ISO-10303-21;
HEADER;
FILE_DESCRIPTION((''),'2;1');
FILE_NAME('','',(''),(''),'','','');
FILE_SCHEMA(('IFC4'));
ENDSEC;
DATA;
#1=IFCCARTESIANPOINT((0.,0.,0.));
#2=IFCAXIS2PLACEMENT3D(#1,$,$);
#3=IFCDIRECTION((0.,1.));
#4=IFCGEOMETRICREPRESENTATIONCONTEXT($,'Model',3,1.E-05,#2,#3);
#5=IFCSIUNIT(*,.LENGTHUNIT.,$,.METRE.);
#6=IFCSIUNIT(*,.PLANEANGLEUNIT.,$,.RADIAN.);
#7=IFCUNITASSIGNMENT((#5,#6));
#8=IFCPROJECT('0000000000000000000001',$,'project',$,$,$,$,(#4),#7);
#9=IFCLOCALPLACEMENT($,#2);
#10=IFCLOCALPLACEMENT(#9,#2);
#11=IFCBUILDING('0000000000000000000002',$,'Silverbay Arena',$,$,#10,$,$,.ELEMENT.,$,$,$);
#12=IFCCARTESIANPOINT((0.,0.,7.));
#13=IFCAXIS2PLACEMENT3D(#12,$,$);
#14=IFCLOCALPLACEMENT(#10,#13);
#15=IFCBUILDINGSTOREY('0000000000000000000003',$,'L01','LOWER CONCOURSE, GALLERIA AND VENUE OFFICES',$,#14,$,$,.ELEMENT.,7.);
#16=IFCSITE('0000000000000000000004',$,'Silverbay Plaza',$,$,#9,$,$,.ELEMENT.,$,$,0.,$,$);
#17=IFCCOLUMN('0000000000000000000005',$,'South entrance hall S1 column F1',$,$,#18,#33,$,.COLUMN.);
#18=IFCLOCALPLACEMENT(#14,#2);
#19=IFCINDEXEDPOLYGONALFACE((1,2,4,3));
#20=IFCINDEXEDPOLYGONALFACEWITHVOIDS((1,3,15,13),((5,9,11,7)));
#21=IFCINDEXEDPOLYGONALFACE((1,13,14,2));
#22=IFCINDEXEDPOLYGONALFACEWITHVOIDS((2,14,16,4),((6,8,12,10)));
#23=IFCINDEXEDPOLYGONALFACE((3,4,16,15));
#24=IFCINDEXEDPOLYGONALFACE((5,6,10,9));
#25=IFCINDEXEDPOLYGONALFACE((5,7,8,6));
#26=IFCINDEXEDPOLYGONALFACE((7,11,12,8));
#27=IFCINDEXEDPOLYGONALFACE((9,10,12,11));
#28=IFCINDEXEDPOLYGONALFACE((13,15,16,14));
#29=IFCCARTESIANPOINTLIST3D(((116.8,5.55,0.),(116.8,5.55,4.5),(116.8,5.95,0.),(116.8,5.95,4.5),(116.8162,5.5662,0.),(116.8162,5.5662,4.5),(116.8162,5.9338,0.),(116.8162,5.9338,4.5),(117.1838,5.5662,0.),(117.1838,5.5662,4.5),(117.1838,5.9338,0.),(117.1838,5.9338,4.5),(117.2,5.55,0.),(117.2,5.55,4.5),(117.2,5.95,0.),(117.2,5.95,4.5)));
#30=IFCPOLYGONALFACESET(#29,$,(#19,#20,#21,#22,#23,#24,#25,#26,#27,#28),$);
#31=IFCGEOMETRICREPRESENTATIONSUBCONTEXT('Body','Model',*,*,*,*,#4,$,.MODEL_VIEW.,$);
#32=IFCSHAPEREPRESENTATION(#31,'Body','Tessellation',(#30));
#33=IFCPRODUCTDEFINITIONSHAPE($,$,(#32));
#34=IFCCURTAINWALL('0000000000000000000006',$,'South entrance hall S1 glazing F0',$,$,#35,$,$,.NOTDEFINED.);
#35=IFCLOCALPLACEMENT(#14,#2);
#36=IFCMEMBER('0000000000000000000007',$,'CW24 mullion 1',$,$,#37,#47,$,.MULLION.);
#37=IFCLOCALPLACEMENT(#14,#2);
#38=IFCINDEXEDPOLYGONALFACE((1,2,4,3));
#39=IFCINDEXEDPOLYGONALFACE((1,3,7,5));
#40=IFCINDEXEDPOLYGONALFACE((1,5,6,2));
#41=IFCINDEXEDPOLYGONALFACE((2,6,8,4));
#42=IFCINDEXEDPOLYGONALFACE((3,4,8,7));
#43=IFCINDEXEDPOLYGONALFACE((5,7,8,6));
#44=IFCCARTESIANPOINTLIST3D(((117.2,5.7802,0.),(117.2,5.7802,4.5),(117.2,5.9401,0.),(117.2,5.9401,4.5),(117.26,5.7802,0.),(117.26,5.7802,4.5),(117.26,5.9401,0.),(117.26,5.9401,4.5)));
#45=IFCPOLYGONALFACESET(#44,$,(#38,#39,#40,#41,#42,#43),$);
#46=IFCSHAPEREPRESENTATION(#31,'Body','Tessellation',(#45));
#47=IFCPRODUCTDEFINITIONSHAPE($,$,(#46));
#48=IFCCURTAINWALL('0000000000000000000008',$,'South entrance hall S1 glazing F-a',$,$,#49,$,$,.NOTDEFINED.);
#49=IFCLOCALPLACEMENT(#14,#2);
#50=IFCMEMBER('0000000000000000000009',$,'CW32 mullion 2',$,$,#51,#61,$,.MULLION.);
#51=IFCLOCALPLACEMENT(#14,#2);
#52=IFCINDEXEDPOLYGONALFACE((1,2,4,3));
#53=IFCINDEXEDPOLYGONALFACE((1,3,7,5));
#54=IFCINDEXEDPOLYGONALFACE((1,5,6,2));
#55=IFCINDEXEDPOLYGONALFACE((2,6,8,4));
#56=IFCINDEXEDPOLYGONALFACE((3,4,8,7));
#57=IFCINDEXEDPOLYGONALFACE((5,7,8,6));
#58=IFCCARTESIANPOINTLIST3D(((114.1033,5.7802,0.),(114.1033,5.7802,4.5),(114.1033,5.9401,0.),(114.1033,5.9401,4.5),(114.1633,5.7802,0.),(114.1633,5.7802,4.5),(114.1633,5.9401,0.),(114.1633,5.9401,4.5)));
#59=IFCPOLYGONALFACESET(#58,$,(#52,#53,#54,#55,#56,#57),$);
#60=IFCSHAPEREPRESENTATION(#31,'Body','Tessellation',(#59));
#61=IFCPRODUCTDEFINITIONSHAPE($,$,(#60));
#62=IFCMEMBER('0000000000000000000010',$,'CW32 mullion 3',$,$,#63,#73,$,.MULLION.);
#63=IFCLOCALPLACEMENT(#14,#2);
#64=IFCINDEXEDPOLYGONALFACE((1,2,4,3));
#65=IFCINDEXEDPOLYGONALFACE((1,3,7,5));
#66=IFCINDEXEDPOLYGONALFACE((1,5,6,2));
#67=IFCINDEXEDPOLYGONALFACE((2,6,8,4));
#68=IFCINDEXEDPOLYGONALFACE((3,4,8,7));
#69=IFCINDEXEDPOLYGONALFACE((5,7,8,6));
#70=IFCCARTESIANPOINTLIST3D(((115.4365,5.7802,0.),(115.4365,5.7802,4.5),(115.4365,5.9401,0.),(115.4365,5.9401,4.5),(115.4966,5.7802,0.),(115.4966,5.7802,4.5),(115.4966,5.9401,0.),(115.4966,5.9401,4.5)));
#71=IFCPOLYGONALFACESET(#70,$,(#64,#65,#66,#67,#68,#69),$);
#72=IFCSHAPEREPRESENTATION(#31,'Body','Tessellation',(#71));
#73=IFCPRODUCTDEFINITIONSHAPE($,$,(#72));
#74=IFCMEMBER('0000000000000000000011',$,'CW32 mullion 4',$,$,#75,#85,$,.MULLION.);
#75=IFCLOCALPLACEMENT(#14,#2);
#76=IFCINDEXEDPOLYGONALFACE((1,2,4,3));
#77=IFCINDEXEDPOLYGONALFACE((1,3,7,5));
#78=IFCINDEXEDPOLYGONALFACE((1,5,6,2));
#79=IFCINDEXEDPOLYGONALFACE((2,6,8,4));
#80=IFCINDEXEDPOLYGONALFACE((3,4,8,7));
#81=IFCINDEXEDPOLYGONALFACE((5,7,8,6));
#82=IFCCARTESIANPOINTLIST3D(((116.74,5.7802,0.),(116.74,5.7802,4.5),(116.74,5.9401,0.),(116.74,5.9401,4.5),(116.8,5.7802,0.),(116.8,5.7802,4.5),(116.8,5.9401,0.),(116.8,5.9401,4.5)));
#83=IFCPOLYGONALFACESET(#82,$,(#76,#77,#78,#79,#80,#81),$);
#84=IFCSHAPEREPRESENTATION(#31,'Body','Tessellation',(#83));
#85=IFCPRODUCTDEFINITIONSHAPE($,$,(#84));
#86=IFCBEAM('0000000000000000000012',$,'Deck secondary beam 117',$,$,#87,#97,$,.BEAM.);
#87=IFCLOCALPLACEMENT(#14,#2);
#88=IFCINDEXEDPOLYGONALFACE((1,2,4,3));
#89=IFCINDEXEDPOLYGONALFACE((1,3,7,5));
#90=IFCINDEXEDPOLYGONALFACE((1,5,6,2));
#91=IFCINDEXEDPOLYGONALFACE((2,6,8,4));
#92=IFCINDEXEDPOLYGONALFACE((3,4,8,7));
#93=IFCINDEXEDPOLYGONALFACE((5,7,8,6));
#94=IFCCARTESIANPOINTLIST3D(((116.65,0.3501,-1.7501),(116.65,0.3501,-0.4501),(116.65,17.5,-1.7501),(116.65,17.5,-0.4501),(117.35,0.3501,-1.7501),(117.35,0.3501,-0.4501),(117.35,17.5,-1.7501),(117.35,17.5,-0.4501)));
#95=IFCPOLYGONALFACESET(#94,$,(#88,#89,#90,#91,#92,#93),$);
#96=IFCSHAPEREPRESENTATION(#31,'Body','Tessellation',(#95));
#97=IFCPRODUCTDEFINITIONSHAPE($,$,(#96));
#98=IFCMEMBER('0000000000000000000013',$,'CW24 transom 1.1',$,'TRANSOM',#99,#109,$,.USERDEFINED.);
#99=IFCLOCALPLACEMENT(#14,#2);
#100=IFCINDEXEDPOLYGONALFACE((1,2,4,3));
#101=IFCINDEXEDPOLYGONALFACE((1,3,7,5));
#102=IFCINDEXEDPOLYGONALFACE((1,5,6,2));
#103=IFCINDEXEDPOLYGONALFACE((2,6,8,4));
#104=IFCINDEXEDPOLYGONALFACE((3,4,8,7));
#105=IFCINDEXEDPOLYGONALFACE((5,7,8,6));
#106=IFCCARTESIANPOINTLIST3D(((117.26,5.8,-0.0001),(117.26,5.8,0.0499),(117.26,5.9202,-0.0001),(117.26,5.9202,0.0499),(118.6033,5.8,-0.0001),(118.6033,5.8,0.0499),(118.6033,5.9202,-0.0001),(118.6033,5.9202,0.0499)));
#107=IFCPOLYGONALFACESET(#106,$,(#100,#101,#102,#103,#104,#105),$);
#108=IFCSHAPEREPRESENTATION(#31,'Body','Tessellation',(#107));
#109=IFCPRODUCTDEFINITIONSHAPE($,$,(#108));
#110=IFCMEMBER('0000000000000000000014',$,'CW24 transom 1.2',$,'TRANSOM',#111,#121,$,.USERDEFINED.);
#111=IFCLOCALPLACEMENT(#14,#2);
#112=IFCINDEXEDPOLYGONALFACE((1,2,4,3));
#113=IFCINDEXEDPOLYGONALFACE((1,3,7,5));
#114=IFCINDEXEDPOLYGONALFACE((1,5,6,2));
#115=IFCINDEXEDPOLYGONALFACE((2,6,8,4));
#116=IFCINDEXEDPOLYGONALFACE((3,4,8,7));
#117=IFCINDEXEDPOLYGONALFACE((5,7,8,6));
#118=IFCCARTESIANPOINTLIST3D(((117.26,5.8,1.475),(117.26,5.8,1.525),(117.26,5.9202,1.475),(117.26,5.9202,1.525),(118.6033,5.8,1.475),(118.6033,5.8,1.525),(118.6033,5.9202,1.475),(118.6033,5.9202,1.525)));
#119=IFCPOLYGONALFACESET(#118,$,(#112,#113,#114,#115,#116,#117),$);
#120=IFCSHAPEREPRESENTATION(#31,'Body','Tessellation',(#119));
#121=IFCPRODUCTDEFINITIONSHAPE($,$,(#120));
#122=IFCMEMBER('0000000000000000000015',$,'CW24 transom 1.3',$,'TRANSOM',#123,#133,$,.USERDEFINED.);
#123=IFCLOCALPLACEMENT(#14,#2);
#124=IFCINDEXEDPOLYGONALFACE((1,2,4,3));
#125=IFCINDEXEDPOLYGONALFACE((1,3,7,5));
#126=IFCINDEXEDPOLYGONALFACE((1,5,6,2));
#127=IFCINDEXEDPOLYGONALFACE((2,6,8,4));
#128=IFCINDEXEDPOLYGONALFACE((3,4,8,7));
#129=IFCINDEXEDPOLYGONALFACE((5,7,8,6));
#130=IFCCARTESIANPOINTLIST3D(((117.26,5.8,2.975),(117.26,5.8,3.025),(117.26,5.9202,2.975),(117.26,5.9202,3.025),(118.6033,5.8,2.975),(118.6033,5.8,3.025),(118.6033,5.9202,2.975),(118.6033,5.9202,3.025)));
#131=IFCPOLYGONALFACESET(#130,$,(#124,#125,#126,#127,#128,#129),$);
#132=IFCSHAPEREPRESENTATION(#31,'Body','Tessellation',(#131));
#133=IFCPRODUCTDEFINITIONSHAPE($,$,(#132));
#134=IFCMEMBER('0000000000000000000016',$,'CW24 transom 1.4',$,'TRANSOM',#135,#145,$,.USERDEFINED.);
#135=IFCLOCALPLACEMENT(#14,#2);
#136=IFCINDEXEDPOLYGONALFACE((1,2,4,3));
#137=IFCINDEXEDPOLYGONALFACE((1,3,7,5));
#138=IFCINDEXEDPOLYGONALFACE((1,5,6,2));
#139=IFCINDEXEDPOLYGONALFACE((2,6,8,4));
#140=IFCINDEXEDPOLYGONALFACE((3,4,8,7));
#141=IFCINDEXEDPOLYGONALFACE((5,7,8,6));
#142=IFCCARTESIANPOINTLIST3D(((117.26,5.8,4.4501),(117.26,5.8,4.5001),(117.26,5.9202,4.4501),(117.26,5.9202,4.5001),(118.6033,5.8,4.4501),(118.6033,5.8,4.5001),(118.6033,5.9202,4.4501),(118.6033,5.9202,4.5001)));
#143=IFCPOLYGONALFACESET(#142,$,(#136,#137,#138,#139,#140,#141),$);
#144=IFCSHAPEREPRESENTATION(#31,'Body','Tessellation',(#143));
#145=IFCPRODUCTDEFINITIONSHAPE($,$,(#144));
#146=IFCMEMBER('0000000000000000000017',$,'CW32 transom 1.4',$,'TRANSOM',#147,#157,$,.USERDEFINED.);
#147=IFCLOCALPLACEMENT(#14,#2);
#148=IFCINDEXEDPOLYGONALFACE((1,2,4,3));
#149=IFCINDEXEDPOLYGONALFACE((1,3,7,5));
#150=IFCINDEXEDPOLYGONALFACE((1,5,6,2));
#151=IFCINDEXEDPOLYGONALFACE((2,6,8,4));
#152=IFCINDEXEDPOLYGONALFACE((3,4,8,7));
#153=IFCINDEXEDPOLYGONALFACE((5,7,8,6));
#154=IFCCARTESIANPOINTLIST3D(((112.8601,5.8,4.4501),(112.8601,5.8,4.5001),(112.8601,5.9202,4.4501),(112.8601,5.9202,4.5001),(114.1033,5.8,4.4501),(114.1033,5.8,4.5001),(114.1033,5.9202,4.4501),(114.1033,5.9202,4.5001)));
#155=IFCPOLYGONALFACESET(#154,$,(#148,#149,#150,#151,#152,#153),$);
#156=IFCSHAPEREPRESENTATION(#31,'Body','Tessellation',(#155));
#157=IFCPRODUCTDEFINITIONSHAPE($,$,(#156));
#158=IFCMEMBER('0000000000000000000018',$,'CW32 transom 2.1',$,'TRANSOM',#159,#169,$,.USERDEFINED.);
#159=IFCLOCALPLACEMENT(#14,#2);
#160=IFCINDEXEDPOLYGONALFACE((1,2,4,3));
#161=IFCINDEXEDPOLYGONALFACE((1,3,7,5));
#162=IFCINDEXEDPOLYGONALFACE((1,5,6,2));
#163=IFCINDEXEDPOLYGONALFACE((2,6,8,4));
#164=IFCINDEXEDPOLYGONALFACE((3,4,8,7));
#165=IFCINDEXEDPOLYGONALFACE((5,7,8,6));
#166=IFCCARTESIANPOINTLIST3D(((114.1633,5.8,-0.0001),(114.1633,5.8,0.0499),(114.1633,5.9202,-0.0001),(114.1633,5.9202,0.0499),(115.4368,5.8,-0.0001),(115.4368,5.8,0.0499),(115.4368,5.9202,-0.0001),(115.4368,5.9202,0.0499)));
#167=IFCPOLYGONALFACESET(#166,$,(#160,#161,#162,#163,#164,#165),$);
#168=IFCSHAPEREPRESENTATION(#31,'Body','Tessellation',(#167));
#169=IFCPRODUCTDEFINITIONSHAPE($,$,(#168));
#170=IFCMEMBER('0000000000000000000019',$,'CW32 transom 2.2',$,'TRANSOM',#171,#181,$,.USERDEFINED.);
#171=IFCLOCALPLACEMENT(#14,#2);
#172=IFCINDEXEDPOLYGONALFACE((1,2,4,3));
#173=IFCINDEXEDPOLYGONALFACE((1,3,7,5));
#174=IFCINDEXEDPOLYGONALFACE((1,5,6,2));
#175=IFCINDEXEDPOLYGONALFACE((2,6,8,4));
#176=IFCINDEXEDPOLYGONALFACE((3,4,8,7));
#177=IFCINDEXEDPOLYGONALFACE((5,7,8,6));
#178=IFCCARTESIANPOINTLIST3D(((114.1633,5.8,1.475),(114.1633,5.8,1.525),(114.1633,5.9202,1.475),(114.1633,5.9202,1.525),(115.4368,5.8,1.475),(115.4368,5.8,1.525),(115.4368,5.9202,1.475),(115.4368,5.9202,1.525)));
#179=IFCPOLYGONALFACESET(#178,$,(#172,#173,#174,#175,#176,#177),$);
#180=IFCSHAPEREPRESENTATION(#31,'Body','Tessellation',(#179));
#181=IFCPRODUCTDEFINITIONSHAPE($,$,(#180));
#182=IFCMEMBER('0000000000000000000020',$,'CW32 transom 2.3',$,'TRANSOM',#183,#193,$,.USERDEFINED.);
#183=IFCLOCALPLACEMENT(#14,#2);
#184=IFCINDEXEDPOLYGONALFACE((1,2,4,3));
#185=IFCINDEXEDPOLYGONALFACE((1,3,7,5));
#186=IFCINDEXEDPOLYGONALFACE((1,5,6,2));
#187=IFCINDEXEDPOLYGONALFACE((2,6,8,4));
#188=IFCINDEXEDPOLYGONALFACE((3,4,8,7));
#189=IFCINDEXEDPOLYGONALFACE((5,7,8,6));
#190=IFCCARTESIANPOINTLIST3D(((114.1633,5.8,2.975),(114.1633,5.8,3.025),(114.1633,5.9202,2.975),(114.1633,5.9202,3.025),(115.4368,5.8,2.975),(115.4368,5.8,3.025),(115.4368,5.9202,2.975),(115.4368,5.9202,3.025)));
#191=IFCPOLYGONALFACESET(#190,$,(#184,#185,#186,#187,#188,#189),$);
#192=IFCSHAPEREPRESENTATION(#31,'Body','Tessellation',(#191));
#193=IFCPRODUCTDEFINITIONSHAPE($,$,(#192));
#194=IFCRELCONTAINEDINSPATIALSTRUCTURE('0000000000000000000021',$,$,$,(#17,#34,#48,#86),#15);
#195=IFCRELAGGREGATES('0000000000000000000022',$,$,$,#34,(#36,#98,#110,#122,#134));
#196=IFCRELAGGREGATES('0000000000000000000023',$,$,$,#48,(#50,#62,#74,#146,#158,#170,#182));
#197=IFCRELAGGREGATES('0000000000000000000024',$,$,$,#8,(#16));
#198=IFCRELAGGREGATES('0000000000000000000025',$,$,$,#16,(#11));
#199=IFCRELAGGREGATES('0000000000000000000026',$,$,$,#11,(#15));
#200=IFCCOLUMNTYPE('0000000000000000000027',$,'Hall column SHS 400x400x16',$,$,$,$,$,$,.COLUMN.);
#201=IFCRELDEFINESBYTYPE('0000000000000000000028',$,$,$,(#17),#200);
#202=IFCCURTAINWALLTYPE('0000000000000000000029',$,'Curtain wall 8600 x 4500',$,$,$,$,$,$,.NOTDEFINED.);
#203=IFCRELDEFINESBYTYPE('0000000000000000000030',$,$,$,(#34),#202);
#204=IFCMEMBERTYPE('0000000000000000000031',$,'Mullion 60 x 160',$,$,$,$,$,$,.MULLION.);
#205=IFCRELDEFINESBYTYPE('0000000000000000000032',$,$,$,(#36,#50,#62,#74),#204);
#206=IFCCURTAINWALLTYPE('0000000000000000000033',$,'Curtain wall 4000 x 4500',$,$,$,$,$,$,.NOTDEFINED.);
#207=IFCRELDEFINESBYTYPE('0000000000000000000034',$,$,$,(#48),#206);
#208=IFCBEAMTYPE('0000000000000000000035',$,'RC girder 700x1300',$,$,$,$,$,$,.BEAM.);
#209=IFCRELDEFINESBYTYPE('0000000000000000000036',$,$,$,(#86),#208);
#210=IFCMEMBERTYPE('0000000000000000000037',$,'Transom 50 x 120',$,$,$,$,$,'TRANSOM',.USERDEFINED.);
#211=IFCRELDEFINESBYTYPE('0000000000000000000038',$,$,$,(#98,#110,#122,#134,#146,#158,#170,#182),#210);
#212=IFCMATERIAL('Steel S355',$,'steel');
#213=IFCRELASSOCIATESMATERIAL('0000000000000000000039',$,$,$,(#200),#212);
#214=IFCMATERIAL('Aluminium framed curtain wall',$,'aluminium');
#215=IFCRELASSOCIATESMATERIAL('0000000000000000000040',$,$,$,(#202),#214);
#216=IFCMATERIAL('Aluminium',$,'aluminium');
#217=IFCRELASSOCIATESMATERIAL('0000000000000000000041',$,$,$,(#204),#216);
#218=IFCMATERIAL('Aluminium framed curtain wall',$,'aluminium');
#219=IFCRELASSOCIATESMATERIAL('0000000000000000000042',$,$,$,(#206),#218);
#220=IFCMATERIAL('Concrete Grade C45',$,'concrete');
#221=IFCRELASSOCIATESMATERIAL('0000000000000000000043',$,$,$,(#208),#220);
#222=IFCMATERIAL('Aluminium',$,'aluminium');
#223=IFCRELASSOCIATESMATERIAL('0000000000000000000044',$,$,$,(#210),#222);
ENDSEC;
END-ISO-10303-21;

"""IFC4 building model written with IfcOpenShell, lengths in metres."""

from ifc_helpers import new_model, si_unit, direction, frame, origin, origin_2d, place, context, subcontext, project, spatial, rectangle, hollow_rectangle, extrude, material, material_profile, profile_set, type_object, element, aggregate, save


model = new_model("IFC4")

# Units and contexts
model_context = context("Model", 3, precision=1e-05, world=origin(), true_north=direction((0.0, 1.0)))
body_context = subcontext(model_context, "Body", "Model", "MODEL_VIEW")
ifc_project = project(units=[si_unit("LENGTHUNIT", "METRE"), si_unit("PLANEANGLEUNIT", "RADIAN")], contexts=[model_context])

# Site, building, storey
site_placement = place(None, origin())
site = spatial("IfcSite", under=ifc_project, at=site_placement, Name="Silverbay Plaza", CompositionType="ELEMENT", RefElevation=0.0)
building_placement = place(site_placement, origin())
building = spatial("IfcBuilding", under=site, at=building_placement, Name="Silverbay Arena", CompositionType="ELEMENT")
storey_placement = place(building_placement, frame((0.0, 0.0, 7.0)))
storey = spatial("IfcBuildingStorey", under=building, at=storey_placement, Name="L01", Description="LOWER CONCOURSE, GALLERIA AND VENUE OFFICES", CompositionType="ELEMENT", Elevation=7.0)

# Column
ifc_material_1 = material(Name="Steel S355", Category="steel")
ifc_material_profile_1 = material_profile(ifc_material_1, hollow_rectangle(XDim=0.3999, YDim=0.3999, WallThickness=0.0161, at=origin_2d()), Name="SHS 400x400x16")
ifc_profile_set_1 = profile_set([ifc_material_profile_1], Name="Steel S355")
column_type = type_object("IfcColumnType", Name="Hall column SHS 400x400x16", PredefinedType="COLUMN", material=ifc_profile_set_1)
column_placement = place(storey_placement, frame((117.0, 5.75, 0.0), z_axis=(0.0, 0.0, 1.0), x_axis=(1.0, 0.0, 0.0)))
element("IfcColumn", 1, at=column_placement, inside=storey, type_object=column_type, Name="South entrance hall S1 column F1", PredefinedType="COLUMN", context=body_context, shape_type="SweptSolid", body=[
    extrude(hollow_rectangle(XDim=0.3999, YDim=0.3999, WallThickness=0.0161, at=origin_2d()), origin(), (0.0, 0.0, 1.0), 4.5),
])

# Curtain wall, member
ifc_material_2 = material(Name="Aluminium framed curtain wall", Category="aluminium")
curtain_wall_type_1 = type_object("IfcCurtainWallType", Name="Curtain wall 8600 x 4500", PredefinedType="NOTDEFINED", material=ifc_material_2)
curtain_wall_1_placement = place(storey_placement, origin())
curtain_wall_1 = element("IfcCurtainWall", 2, at=curtain_wall_1_placement, inside=storey, type_object=curtain_wall_type_1, Name="South entrance hall S1 glazing F0", PredefinedType="NOTDEFINED")
ifc_material_3 = material(Name="Aluminium", Category="aluminium")
ifc_material_profile_2 = material_profile(ifc_material_3, rectangle(XDim=0.1599, YDim=0.0601, at=origin_2d()), Name="Mullion 60 x 160")
ifc_profile_set_2 = profile_set([ifc_material_profile_2], Name="Aluminium")
member_type_1 = type_object("IfcMemberType", Name="Mullion 60 x 160", PredefinedType="MULLION", material=ifc_profile_set_2)
member_1_placement = place(storey_placement, frame((117.23, 5.8601, 0.0), z_axis=(0.0, 0.0, 1.0), x_axis=(0.0, 1.0, 0.0)))
member_1 = element("IfcMember", 3, at=member_1_placement, type_object=member_type_1, Name="CW24 mullion 1", PredefinedType="MULLION", context=body_context, shape_type="SweptSolid", body=[
    extrude(rectangle(XDim=0.1599, YDim=0.0601, at=origin_2d()), origin(), (0.0, 0.0, 1.0), 4.5),
])

# Curtain wall, members
ifc_material_4 = material(Name="Aluminium framed curtain wall", Category="aluminium")
curtain_wall_type_2 = type_object("IfcCurtainWallType", Name="Curtain wall 4000 x 4500", PredefinedType="NOTDEFINED", material=ifc_material_4)
curtain_wall_2_placement = place(storey_placement, origin())
curtain_wall_2 = element("IfcCurtainWall", 4, at=curtain_wall_2_placement, inside=storey, type_object=curtain_wall_type_2, Name="South entrance hall S1 glazing F-a", PredefinedType="NOTDEFINED")
member_2_placement = place(storey_placement, frame((114.1333, 5.8601, 0.0), z_axis=(0.0, 0.0, 1.0), x_axis=(0.0, 1.0, 0.0)))
member_2 = element("IfcMember", 5, at=member_2_placement, type_object=member_type_1, Name="CW32 mullion 2", PredefinedType="MULLION", context=body_context, shape_type="SweptSolid", body=[
    extrude(rectangle(XDim=0.1599, YDim=0.0601, at=origin_2d()), origin(), (0.0, 0.0, 1.0), 4.5),
])
member_3_placement = place(storey_placement, frame((115.4666, 5.8601, 0.0), z_axis=(0.0, 0.0, 1.0), x_axis=(0.0, 1.0, 0.0)))
member_3 = element("IfcMember", 6, at=member_3_placement, type_object=member_type_1, Name="CW32 mullion 3", PredefinedType="MULLION", context=body_context, shape_type="SweptSolid", body=[
    extrude(rectangle(XDim=0.1599, YDim=0.0601, at=origin_2d()), origin(), (0.0, 0.0, 1.0), 4.5),
])
member_4_placement = place(storey_placement, frame((116.77, 5.8601, 0.0), z_axis=(0.0, 0.0, 1.0), x_axis=(0.0, 1.0, 0.0)))
member_4 = element("IfcMember", 7, at=member_4_placement, type_object=member_type_1, Name="CW32 mullion 4", PredefinedType="MULLION", context=body_context, shape_type="SweptSolid", body=[
    extrude(rectangle(XDim=0.1599, YDim=0.0601, at=origin_2d()), origin(), (0.0, 0.0, 1.0), 4.5),
])

# Beam
ifc_material_5 = material(Name="Concrete Grade C45", Category="concrete")
ifc_material_profile_3 = material_profile(ifc_material_5, rectangle(XDim=0.7, YDim=1.3, at=origin_2d()), Name="RC 700x1300")
ifc_profile_set_3 = profile_set([ifc_material_profile_3], Name="Concrete Grade C45")
beam_type = type_object("IfcBeamType", Name="RC girder 700x1300", PredefinedType="BEAM", material=ifc_profile_set_3)
beam_placement = place(storey_placement, frame((117.0, 0.3501, -1.1001), z_axis=(0.0, 1.0, 0.0), x_axis=(-1.0, 0.0, 0.0)))
element("IfcBeam", 8, at=beam_placement, inside=storey, type_object=beam_type, Name="Deck secondary beam 117", PredefinedType="BEAM", context=body_context, shape_type="SweptSolid", body=[
    extrude(rectangle(XDim=0.7, YDim=1.3, at=origin_2d()), origin(), (0.0, 0.0, 1.0), 17.1499),
])

# Members
ifc_material_6 = material(Name="Aluminium", Category="aluminium")
ifc_material_profile_4 = material_profile(ifc_material_6, rectangle(XDim=0.1201, YDim=0.05, at=origin_2d()), Name="Transom 50 x 120")
ifc_profile_set_4 = profile_set([ifc_material_profile_4], Name="Aluminium")
member_type_2 = type_object("IfcMemberType", Name="Transom 50 x 120", ElementType="TRANSOM", PredefinedType="USERDEFINED", material=ifc_profile_set_4)
member_5_placement = place(storey_placement, frame((117.26, 5.8601, 0.0249), z_axis=(1.0, 0.0, 0.0), x_axis=(0.0, 1.0, 0.0)))
member_5 = element("IfcMember", 9, at=member_5_placement, type_object=member_type_2, Name="CW24 transom 1.1", ObjectType="TRANSOM", PredefinedType="USERDEFINED", context=body_context, shape_type="SweptSolid", body=[
    extrude(rectangle(XDim=0.1201, YDim=0.05, at=origin_2d()), origin(), (0.0, 0.0, 1.0), 1.3433),
])
member_6_placement = place(storey_placement, frame((117.26, 5.8601, 1.5), z_axis=(1.0, 0.0, 0.0), x_axis=(0.0, 1.0, 0.0)))
member_6 = element("IfcMember", 10, at=member_6_placement, type_object=member_type_2, Name="CW24 transom 1.2", ObjectType="TRANSOM", PredefinedType="USERDEFINED", context=body_context, shape_type="SweptSolid", body=[
    extrude(rectangle(XDim=0.1201, YDim=0.05, at=origin_2d()), origin(), (0.0, 0.0, 1.0), 1.3433),
])
member_7_placement = place(storey_placement, frame((117.26, 5.8601, 3.0), z_axis=(1.0, 0.0, 0.0), x_axis=(0.0, 1.0, 0.0)))
member_7 = element("IfcMember", 11, at=member_7_placement, type_object=member_type_2, Name="CW24 transom 1.3", ObjectType="TRANSOM", PredefinedType="USERDEFINED", context=body_context, shape_type="SweptSolid", body=[
    extrude(rectangle(XDim=0.1201, YDim=0.05, at=origin_2d()), origin(), (0.0, 0.0, 1.0), 1.3433),
])
member_8_placement = place(storey_placement, frame((117.26, 5.8601, 4.4751), z_axis=(1.0, 0.0, 0.0), x_axis=(0.0, 1.0, 0.0)))
member_8 = element("IfcMember", 12, at=member_8_placement, type_object=member_type_2, Name="CW24 transom 1.4", ObjectType="TRANSOM", PredefinedType="USERDEFINED", context=body_context, shape_type="SweptSolid", body=[
    extrude(rectangle(XDim=0.1201, YDim=0.05, at=origin_2d()), origin(), (0.0, 0.0, 1.0), 1.3433),
])
member_9_placement = place(storey_placement, frame((112.8601, 5.8601, 4.4751), z_axis=(1.0, 0.0, 0.0), x_axis=(0.0, 1.0, 0.0)))
member_9 = element("IfcMember", 13, at=member_9_placement, type_object=member_type_2, Name="CW32 transom 1.4", ObjectType="TRANSOM", PredefinedType="USERDEFINED", context=body_context, shape_type="SweptSolid", body=[
    extrude(rectangle(XDim=0.1201, YDim=0.05, at=origin_2d()), origin(), (0.0, 0.0, 1.0), 1.2432),
])
member_10_placement = place(storey_placement, frame((114.1633, 5.8601, 0.0249), z_axis=(1.0, 0.0, 0.0), x_axis=(0.0, 1.0, 0.0)))
member_10 = element("IfcMember", 14, at=member_10_placement, type_object=member_type_2, Name="CW32 transom 2.1", ObjectType="TRANSOM", PredefinedType="USERDEFINED", context=body_context, shape_type="SweptSolid", body=[
    extrude(rectangle(XDim=0.1201, YDim=0.05, at=origin_2d()), origin(), (0.0, 0.0, 1.0), 1.2734),
])
member_11_placement = place(storey_placement, frame((114.1633, 5.8601, 1.5), z_axis=(1.0, 0.0, 0.0), x_axis=(0.0, 1.0, 0.0)))
member_11 = element("IfcMember", 15, at=member_11_placement, type_object=member_type_2, Name="CW32 transom 2.2", ObjectType="TRANSOM", PredefinedType="USERDEFINED", context=body_context, shape_type="SweptSolid", body=[
    extrude(rectangle(XDim=0.1201, YDim=0.05, at=origin_2d()), origin(), (0.0, 0.0, 1.0), 1.2734),
])
member_12_placement = place(storey_placement, frame((114.1633, 5.8601, 3.0), z_axis=(1.0, 0.0, 0.0), x_axis=(0.0, 1.0, 0.0)))
member_12 = element("IfcMember", 16, at=member_12_placement, type_object=member_type_2, Name="CW32 transom 2.3", ObjectType="TRANSOM", PredefinedType="USERDEFINED", context=body_context, shape_type="SweptSolid", body=[
    extrude(rectangle(XDim=0.1201, YDim=0.05, at=origin_2d()), origin(), (0.0, 0.0, 1.0), 1.2734),
])

aggregate(curtain_wall_1, [member_1, member_5, member_6, member_7, member_8])
aggregate(curtain_wall_2, [member_2, member_3, member_4, member_9, member_10, member_11, member_12])

save(model, "model.ifc")
